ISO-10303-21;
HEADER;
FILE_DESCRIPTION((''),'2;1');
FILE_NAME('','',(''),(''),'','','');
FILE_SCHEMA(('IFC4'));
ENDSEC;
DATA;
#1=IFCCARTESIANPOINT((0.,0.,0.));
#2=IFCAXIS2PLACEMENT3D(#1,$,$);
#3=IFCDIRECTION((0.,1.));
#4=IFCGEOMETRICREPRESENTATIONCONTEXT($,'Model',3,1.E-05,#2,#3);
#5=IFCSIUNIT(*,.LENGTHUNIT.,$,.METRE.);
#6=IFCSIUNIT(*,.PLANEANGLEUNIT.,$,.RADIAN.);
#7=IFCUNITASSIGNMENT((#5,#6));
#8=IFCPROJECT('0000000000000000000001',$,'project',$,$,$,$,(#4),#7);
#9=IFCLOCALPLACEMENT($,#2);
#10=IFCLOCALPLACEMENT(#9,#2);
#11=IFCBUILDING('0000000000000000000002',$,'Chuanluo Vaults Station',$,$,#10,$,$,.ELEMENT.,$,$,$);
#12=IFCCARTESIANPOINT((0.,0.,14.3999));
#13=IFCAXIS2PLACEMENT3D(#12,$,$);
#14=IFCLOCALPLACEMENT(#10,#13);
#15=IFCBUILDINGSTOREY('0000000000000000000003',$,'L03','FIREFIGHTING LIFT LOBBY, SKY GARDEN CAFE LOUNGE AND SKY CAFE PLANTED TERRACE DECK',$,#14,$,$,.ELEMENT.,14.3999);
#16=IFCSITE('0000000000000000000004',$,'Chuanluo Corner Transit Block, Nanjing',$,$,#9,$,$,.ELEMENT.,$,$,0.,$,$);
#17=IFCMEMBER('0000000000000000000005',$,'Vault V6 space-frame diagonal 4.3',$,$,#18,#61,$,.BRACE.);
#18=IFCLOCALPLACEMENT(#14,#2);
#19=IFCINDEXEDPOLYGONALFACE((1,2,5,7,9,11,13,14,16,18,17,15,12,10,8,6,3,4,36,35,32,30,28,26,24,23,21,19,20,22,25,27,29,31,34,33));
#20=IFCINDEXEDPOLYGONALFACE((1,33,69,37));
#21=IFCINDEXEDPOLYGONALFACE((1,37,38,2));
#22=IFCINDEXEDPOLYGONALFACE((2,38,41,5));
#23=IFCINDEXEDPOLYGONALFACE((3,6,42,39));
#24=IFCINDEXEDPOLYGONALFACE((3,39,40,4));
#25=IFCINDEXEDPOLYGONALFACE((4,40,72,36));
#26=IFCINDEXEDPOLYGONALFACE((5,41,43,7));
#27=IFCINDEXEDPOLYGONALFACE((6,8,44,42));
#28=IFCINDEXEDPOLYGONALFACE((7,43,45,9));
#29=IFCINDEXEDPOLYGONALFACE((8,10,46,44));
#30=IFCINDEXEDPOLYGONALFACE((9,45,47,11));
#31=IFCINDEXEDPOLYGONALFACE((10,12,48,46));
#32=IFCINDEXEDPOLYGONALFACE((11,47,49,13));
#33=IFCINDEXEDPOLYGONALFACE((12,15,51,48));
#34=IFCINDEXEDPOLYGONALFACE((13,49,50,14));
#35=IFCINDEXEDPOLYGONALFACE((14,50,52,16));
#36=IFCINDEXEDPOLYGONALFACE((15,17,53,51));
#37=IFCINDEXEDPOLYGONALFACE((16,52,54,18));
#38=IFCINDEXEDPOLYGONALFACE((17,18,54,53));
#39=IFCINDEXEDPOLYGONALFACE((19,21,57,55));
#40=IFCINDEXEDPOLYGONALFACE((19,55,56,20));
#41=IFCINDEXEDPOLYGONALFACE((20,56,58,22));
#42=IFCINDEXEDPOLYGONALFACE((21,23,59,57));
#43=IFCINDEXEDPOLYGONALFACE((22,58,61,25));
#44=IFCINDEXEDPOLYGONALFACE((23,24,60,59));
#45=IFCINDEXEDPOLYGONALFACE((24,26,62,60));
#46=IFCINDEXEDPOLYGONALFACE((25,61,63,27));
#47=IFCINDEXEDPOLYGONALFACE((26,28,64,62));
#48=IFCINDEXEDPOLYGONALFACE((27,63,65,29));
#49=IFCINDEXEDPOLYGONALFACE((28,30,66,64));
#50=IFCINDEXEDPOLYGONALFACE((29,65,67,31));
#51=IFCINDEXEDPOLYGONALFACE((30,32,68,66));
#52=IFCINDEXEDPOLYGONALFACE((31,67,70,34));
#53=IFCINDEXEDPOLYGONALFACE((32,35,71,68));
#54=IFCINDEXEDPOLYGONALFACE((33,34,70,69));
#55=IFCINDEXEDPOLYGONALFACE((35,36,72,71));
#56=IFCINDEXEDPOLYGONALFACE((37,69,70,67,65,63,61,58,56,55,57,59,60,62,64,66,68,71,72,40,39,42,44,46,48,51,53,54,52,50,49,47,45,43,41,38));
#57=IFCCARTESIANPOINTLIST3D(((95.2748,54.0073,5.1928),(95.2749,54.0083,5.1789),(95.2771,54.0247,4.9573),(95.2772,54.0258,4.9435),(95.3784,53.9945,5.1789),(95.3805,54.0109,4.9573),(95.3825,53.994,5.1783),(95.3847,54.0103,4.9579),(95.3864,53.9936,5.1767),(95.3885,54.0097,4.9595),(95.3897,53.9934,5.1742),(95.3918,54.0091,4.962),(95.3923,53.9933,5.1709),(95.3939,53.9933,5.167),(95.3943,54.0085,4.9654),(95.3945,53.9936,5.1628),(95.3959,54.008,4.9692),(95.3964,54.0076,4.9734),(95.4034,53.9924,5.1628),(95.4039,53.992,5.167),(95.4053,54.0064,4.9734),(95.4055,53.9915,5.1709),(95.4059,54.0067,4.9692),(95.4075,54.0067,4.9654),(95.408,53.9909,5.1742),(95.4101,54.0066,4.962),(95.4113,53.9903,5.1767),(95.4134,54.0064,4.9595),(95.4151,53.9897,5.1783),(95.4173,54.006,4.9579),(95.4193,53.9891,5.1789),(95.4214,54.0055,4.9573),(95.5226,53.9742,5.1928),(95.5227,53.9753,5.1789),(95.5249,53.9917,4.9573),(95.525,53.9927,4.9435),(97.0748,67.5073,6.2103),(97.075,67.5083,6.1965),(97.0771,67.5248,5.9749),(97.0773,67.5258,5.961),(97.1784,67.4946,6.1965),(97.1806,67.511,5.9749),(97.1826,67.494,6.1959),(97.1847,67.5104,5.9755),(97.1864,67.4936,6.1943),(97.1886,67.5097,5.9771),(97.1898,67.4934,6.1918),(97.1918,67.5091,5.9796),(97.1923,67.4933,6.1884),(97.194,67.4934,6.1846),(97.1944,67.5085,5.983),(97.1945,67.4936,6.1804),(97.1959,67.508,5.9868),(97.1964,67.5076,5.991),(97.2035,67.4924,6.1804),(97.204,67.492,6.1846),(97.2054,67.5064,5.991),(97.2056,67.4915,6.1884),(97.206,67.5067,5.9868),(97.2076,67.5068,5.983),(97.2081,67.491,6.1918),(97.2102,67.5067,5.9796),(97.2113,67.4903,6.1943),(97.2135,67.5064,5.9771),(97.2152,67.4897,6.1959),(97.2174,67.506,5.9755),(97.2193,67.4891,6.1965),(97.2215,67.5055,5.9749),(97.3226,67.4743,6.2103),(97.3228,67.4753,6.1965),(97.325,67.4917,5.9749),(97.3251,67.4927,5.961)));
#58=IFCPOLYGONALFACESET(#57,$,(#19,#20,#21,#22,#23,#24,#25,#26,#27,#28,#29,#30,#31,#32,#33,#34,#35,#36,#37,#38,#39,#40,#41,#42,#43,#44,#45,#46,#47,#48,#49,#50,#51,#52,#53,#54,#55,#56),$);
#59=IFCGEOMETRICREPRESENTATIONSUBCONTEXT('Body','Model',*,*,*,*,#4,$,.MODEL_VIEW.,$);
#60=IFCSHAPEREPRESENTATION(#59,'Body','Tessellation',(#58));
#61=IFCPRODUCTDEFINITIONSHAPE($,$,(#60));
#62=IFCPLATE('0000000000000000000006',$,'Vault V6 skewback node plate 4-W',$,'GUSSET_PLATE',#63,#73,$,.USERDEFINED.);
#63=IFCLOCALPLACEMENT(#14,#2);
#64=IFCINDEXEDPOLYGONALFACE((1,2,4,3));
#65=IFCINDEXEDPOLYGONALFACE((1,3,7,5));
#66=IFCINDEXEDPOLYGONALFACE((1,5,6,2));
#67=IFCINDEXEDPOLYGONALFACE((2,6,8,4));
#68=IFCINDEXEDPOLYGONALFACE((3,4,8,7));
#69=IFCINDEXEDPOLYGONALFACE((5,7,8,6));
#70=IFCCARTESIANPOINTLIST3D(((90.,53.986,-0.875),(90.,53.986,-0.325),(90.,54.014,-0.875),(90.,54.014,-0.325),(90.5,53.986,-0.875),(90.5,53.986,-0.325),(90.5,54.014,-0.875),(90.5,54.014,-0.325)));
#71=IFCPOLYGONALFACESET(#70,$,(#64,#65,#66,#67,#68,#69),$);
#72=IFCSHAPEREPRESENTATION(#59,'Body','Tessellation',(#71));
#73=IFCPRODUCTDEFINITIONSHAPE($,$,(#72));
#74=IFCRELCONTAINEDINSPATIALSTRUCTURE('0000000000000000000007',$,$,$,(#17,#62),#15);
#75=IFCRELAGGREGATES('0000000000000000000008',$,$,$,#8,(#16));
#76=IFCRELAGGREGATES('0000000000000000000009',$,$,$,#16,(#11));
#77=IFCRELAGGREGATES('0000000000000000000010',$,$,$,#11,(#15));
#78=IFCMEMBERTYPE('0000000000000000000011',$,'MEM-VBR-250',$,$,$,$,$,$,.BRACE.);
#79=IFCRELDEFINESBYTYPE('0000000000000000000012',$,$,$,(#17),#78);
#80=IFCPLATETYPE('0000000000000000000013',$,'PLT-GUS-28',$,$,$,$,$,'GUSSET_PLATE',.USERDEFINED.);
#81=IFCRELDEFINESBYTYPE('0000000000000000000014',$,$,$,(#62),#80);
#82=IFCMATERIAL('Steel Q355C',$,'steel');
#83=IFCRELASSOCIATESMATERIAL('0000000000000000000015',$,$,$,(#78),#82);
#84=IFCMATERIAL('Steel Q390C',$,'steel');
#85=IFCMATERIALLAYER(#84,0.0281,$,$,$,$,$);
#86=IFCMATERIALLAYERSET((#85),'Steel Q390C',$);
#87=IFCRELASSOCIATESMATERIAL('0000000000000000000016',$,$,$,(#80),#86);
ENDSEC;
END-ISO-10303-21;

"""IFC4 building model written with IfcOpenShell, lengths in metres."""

from ifc_helpers import new_model, si_unit, direction, frame, origin, origin_2d, place, context, subcontext, project, spatial, rectangle, i_section, extrude, material, layer, layer_set, material_profile, profile_set, type_object, element, save


model = new_model("IFC4")

# Units and contexts
model_context = context("Model", 3, precision=1e-05, world=origin(), true_north=direction((0.0, 1.0)))
body_context = subcontext(model_context, "Body", "Model", "MODEL_VIEW")
ifc_project = project(units=[si_unit("LENGTHUNIT", "METRE"), si_unit("PLANEANGLEUNIT", "RADIAN")], contexts=[model_context])

# Site, building, storey
site_placement = place(None, origin())
site = spatial("IfcSite", under=ifc_project, at=site_placement, Name="Chuanluo Corner Transit Block, Nanjing", CompositionType="ELEMENT", RefElevation=0.0)
building_placement = place(site_placement, origin())
building = spatial("IfcBuilding", under=site, at=building_placement, Name="Chuanluo Vaults Station", CompositionType="ELEMENT")
storey_placement = place(building_placement, frame((0.0, 0.0, 14.3999)))
storey = spatial("IfcBuildingStorey", under=building, at=storey_placement, Name="L03", Description="FIREFIGHTING LIFT LOBBY, SKY GARDEN CAFE LOUNGE AND SKY CAFE PLANTED TERRACE DECK", CompositionType="ELEMENT", Elevation=14.3999)

# Member
ifc_material_1 = material(Name="Steel Q355C", Category="steel")
ifc_material_profile_1 = material_profile(ifc_material_1, i_section(OverallWidth=0.25, OverallDepth=0.25, WebThickness=0.009, FlangeThickness=0.0139, FilletRadius=0.0161, at=origin_2d()))
ifc_profile_set_1 = profile_set([ifc_material_profile_1], Name="Steel Q355C")
member_type_1 = type_object("IfcMemberType", Name="MEM-VBR-250", PredefinedType="BRACE", material=ifc_profile_set_1)
member_1_placement = place(storey_placement, frame((95.3999, 54.0, 5.0681), z_axis=(0.1318, 0.988472, 0.074507), x_axis=(-0.991227, 0.132167, 0.0)))
element("IfcMember", 1, at=member_1_placement, inside=storey, type_object=member_type_1, Name="Vault V6 space-frame diagonal 4.3", PredefinedType="BRACE", context=body_context, shape_type="SweptSolid", body=[
    extrude(i_section(OverallWidth=0.25, OverallDepth=0.25, WebThickness=0.009, FlangeThickness=0.0139, FilletRadius=0.0161, at=origin_2d()), origin(), (0.0, 0.0, 1.0), 13.6575),
])

# Plate
ifc_material_2 = material(Name="Steel Q390C", Category="steel")
ifc_layer = layer(ifc_material_2, 0.0281)
ifc_layer_set = layer_set([ifc_layer], Name="Steel Q390C")
plate_type = type_object("IfcPlateType", Name="PLT-GUS-28", ElementType="GUSSET_PLATE", PredefinedType="USERDEFINED", material=ifc_layer_set)
plate_placement = place(storey_placement, frame((90.25, 54.0, -0.875), z_axis=(0.0, 0.0, 1.0), x_axis=(1.0, 0.0, 0.0)))
element("IfcPlate", 2, at=plate_placement, inside=storey, type_object=plate_type, Name="Vault V6 skewback node plate 4-W", ObjectType="GUSSET_PLATE", PredefinedType="USERDEFINED", context=body_context, shape_type="SweptSolid", body=[
    extrude(rectangle(XDim=0.5, YDim=0.0281, at=origin_2d()), origin(), (0.0, 0.0, 1.0), 0.55),
])

save(model, "model.ifc")
